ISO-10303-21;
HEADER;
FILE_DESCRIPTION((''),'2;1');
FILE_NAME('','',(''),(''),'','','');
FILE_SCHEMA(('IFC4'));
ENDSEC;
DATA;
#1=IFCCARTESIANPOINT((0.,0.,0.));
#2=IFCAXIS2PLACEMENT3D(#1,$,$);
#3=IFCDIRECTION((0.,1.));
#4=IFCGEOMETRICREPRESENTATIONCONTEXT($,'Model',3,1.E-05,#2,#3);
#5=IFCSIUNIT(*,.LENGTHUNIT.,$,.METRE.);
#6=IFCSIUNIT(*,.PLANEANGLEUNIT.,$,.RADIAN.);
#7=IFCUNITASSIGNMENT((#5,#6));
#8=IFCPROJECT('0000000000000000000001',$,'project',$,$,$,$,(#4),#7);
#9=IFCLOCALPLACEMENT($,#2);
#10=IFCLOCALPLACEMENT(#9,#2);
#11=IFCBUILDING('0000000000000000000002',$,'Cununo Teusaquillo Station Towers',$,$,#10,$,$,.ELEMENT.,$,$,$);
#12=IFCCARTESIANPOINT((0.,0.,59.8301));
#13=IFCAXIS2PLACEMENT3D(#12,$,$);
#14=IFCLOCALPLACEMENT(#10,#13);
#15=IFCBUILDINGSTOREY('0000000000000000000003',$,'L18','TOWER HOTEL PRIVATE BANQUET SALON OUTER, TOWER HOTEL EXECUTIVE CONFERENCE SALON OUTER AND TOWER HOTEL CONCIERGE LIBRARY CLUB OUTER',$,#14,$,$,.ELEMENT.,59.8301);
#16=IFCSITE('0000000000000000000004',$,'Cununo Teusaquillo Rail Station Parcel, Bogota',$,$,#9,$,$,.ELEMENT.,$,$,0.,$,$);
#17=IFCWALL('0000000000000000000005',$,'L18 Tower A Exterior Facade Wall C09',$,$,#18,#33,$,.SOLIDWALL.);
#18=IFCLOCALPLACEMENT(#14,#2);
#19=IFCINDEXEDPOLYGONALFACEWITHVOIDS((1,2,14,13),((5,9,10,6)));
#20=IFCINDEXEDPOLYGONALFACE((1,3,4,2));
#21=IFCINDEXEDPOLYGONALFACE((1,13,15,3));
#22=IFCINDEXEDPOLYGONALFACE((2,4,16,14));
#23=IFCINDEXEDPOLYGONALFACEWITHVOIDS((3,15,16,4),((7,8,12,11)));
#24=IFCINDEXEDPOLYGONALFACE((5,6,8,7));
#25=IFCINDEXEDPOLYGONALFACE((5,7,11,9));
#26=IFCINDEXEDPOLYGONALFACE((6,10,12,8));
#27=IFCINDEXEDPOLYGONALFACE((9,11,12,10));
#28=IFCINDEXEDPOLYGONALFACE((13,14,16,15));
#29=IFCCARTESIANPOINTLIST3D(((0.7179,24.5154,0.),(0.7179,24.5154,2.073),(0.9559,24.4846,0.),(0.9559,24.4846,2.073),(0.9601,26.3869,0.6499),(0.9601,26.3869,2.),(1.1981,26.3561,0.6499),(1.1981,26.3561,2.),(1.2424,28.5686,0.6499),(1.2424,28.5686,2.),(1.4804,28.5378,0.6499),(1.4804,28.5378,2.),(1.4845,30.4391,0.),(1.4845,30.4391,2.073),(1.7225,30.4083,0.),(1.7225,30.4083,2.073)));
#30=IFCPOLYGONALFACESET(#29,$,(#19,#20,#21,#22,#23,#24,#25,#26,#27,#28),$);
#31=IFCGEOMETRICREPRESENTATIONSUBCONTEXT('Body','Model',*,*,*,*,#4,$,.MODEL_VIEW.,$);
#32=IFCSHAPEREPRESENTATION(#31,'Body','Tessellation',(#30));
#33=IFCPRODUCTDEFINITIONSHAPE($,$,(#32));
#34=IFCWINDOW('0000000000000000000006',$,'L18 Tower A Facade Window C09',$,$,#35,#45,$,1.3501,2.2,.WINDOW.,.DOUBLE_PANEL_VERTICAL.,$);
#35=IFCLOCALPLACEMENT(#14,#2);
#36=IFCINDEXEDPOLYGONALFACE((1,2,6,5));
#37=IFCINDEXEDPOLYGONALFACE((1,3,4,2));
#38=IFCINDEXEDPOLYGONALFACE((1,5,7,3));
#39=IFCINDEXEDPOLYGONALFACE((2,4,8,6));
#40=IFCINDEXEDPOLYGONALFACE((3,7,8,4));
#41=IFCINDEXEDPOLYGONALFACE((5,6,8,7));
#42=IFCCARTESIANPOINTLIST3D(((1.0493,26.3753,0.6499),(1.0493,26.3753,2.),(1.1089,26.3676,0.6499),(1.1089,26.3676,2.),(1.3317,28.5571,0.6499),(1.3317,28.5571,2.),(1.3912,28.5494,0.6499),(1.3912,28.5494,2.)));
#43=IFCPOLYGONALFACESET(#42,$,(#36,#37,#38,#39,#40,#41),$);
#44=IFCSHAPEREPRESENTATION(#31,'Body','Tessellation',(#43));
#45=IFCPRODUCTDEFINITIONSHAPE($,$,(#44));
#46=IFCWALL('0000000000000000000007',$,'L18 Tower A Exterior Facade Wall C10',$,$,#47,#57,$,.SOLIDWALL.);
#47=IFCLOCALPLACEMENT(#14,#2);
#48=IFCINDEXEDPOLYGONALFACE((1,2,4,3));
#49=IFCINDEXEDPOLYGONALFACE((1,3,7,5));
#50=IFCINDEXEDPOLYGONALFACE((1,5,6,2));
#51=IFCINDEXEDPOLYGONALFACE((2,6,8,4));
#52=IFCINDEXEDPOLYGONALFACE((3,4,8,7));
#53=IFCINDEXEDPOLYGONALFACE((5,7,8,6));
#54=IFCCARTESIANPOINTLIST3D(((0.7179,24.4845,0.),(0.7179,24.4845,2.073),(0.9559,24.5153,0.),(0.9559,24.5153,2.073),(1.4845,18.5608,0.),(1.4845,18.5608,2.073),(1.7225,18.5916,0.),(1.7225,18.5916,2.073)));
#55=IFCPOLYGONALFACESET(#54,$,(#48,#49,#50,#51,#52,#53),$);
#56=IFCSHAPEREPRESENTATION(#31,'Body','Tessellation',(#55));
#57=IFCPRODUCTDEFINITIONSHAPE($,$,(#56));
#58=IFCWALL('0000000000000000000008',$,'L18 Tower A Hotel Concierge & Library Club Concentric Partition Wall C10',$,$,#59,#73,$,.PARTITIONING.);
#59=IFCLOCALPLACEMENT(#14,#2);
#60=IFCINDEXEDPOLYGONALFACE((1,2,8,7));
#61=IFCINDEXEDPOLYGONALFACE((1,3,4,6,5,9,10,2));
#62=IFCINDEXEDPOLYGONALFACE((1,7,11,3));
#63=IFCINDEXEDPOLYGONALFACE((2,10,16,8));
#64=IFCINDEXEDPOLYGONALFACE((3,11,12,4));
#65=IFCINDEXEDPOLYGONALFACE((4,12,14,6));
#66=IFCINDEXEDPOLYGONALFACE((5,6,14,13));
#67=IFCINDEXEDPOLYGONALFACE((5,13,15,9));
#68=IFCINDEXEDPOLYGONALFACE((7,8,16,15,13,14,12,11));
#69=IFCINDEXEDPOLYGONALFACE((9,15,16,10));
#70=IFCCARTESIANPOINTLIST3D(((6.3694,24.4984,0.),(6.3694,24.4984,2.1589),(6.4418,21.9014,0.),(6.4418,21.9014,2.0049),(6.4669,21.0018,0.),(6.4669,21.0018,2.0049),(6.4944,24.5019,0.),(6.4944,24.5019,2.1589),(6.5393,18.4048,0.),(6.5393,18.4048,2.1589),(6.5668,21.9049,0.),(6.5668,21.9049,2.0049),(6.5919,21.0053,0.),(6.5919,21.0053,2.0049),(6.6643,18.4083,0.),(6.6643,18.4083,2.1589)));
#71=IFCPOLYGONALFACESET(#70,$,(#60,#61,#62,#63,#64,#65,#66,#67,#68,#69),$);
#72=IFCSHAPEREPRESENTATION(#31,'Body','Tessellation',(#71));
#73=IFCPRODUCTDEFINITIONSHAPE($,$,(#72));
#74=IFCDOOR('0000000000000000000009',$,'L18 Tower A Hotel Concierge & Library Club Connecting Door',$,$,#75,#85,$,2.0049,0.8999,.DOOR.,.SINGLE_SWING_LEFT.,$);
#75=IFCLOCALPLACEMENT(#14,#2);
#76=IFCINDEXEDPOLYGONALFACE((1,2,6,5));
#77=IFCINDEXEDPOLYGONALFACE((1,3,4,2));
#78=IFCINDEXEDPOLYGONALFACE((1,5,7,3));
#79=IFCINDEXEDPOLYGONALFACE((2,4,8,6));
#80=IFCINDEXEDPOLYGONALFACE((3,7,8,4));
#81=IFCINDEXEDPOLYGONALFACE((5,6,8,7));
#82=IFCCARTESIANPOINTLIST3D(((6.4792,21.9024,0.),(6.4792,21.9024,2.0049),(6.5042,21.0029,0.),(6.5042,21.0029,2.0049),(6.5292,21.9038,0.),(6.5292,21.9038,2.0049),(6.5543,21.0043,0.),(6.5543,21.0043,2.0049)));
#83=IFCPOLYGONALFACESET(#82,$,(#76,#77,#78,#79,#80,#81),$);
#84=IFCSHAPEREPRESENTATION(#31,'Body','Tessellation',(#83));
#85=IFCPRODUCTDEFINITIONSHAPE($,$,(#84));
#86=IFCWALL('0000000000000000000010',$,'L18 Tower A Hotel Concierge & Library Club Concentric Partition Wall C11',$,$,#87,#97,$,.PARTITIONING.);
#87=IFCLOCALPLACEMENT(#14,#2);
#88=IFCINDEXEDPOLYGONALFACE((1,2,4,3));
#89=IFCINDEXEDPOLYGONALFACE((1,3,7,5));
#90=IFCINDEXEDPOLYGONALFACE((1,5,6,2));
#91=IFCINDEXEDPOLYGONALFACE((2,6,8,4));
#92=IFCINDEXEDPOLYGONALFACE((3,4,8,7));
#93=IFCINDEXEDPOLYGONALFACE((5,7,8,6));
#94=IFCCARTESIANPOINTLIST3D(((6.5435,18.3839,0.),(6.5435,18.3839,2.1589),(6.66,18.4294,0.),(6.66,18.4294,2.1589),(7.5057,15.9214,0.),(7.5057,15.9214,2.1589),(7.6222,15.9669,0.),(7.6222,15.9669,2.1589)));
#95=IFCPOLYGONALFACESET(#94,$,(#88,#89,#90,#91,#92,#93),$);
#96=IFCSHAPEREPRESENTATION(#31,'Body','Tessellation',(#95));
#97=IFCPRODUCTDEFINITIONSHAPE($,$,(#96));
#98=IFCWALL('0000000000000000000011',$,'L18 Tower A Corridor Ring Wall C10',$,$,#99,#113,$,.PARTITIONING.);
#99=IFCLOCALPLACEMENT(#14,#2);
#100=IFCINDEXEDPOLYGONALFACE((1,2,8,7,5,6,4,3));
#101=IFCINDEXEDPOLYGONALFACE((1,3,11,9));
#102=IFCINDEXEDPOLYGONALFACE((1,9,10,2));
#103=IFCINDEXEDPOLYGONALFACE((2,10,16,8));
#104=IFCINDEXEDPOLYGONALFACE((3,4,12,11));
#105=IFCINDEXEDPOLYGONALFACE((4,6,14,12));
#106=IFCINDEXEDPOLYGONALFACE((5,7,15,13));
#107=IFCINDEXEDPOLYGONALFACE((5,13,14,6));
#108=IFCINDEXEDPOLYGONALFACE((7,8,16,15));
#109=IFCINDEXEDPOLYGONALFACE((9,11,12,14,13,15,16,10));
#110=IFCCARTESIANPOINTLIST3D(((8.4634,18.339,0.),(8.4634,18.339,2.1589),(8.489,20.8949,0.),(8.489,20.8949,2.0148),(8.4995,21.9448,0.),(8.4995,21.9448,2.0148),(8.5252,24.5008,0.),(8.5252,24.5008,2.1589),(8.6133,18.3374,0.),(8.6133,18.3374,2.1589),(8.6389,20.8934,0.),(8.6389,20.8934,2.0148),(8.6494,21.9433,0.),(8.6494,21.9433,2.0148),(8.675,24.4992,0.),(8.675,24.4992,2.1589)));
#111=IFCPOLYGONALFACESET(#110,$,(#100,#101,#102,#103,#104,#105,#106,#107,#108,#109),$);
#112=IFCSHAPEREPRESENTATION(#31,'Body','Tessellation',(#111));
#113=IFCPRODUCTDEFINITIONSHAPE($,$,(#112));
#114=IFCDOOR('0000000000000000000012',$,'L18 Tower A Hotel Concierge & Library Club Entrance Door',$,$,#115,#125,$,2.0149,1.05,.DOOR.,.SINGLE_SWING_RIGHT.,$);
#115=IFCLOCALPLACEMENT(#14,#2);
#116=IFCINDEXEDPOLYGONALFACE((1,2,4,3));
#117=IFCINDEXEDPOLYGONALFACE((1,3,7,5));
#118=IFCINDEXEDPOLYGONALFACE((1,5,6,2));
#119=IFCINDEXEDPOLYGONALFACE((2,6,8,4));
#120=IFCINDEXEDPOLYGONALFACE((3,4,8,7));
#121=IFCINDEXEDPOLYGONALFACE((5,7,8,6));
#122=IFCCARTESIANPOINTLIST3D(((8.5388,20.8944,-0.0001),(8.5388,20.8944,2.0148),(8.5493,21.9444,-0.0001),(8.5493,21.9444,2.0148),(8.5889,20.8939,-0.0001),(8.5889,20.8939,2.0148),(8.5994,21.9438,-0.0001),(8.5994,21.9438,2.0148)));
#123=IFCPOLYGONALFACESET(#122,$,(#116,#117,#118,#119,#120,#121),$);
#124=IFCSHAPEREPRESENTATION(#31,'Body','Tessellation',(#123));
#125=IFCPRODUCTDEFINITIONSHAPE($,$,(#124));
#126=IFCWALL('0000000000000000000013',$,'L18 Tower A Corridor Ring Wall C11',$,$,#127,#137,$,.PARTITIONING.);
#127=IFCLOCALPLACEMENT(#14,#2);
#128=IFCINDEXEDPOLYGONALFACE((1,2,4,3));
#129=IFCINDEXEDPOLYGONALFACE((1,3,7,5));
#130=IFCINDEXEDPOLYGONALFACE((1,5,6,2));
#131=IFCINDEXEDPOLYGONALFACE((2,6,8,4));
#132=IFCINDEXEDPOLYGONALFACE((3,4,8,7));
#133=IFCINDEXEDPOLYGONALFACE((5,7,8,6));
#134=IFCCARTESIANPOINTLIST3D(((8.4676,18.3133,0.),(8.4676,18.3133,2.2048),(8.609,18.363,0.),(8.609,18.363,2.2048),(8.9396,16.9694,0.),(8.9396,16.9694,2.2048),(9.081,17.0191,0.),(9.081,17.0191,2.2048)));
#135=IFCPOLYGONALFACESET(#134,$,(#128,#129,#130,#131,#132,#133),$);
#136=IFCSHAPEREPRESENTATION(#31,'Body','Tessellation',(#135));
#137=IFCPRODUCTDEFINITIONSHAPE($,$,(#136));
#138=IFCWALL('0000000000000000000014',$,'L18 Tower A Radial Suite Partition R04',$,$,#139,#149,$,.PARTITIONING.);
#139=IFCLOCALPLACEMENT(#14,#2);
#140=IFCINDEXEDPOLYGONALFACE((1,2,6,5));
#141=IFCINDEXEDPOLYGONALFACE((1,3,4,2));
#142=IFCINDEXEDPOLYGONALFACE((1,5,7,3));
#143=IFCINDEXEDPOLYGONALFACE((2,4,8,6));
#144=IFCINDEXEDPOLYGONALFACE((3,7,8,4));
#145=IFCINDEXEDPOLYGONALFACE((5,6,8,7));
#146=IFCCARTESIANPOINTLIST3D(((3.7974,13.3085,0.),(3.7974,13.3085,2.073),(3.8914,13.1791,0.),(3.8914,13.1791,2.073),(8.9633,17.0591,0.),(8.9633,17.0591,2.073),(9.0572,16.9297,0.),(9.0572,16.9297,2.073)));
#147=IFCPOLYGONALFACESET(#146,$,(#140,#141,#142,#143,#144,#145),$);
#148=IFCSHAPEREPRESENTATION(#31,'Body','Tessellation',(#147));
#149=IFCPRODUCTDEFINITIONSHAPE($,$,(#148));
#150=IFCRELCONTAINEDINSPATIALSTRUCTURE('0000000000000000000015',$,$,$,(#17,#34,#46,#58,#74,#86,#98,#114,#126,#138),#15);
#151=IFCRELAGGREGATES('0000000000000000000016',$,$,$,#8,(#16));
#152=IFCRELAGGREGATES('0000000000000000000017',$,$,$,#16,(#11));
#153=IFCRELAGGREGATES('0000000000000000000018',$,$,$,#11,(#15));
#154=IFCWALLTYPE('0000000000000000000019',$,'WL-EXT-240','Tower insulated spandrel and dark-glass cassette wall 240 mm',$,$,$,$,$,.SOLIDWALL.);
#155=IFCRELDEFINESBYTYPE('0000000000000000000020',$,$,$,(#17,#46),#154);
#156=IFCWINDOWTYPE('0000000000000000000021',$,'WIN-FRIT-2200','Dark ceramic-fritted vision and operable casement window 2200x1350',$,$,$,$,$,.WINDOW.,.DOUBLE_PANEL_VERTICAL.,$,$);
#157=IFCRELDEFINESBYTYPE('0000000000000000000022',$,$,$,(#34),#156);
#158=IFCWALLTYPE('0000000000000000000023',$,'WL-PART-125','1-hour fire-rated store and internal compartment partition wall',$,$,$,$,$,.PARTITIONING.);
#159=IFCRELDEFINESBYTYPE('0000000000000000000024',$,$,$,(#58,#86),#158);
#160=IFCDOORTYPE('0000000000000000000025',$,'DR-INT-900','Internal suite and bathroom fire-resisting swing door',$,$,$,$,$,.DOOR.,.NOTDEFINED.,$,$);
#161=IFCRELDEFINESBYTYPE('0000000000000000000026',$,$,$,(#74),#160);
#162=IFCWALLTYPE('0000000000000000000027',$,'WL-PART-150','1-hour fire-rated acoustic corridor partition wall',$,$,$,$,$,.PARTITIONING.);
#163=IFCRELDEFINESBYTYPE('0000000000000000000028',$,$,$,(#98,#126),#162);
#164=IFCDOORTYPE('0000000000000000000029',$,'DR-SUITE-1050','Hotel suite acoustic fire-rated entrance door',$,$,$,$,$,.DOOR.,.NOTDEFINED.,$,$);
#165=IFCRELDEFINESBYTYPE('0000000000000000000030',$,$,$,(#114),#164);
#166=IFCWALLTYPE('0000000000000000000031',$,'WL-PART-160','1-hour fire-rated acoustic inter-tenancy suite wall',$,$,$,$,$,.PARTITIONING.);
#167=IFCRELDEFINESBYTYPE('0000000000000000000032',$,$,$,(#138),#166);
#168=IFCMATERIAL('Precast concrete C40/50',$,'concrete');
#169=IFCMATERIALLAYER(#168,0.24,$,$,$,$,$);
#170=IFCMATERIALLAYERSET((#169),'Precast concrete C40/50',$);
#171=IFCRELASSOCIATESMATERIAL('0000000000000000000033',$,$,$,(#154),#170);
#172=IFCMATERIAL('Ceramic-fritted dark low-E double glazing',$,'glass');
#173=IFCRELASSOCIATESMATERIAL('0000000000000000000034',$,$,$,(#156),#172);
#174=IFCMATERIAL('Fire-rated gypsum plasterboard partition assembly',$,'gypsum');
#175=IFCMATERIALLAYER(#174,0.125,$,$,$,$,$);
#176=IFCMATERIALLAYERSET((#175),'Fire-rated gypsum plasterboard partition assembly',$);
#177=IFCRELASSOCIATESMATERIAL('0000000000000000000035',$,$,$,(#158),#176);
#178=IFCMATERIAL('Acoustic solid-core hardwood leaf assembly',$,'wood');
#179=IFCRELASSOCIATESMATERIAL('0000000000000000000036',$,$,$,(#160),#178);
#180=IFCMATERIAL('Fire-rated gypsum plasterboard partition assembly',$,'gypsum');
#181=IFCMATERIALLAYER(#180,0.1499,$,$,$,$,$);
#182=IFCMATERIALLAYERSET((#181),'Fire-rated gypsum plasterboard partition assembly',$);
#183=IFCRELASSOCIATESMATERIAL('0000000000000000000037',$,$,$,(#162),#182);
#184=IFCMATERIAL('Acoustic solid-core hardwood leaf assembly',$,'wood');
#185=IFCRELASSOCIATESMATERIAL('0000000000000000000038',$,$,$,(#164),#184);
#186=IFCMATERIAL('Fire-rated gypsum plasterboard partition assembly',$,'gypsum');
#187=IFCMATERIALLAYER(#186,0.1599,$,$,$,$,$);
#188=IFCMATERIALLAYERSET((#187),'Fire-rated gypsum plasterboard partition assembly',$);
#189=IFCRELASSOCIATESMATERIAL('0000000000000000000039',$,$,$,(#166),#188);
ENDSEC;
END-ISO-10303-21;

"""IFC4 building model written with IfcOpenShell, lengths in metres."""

from ifc_helpers import new_model, si_unit, direction, frame, frame_2d, origin, place, context, subcontext, project, spatial, rectangle, extrude, source, transform, mapped, material, layer, layer_set, type_object, element, fill, save


model = new_model("IFC4")

# Units and contexts
model_context = context("Model", 3, precision=1e-05, world=origin(), true_north=direction((0.0, 1.0)))
body_context = subcontext(model_context, "Body", "Model", "MODEL_VIEW")
ifc_project = project(units=[si_unit("LENGTHUNIT", "METRE"), si_unit("PLANEANGLEUNIT", "RADIAN")], contexts=[model_context])

# Site, building, storey
site_placement = place(None, origin())
site = spatial("IfcSite", under=ifc_project, at=site_placement, Name="Cununo Teusaquillo Rail Station Parcel, Bogota", CompositionType="ELEMENT", RefElevation=0.0)
building_placement = place(site_placement, origin())
building = spatial("IfcBuilding", under=site, at=building_placement, Name="Cununo Teusaquillo Station Towers", CompositionType="ELEMENT")
storey_placement = place(building_placement, frame((0.0, 0.0, 59.8301)))
storey = spatial("IfcBuildingStorey", under=building, at=storey_placement, Name="L18", Description="TOWER HOTEL PRIVATE BANQUET SALON OUTER, TOWER HOTEL EXECUTIVE CONFERENCE SALON OUTER AND TOWER HOTEL CONCIERGE LIBRARY CLUB OUTER", CompositionType="ELEMENT", Elevation=59.8301)

# Wall, opening, window
ifc_material_1 = material(Name="Precast concrete C40/50", Category="concrete")
ifc_layer_1 = layer(ifc_material_1, 0.24)
ifc_layer_set_1 = layer_set([ifc_layer_1], Name="Precast concrete C40/50")
wall_type_1 = type_object("IfcWallType", Name="WL-EXT-240", Description="Tower insulated spandrel and dark-glass cassette wall 240 mm", PredefinedType="SOLIDWALL", material=ifc_layer_set_1)
wall_1_placement = place(storey_placement, frame((0.8369, 24.5, 0.0), z_axis=(0.0, 0.0, 1.0), x_axis=(0.12834, 0.99173, 0.0)))
wall_1 = element("IfcWall", 1, at=wall_1_placement, inside=storey, type_object=wall_type_1, Name="L18 Tower A Exterior Facade Wall C09", PredefinedType="SOLIDWALL", context=body_context, shape_type="SweptSolid", body=[
    extrude(rectangle(XDim=5.9731, YDim=0.24, at=frame_2d((2.9866, 0.0))), origin(), (0.0, 0.0, 1.0), 2.073),
])
shared_shape_1 = source(origin(), body_context, "Body", "SweptSolid", [
    extrude(rectangle(XDim=2.2, YDim=1.3501, at=frame_2d((1.1001, 0.675))), frame((0.0, 0.1299, 0.0), z_axis=(0.0, -1.0, 0.0), x_axis=(1.0, 0.0, 0.0)), (0.0, 0.0, 1.0), 0.26),
])
opening_1_placement = place(wall_1_placement, frame((1.887, 0.0, 0.6499)))
opening_1 = element("IfcOpeningElement", 2, at=opening_1_placement, cuts=wall_1, PredefinedType="OPENING", context=body_context, shape_type="MappedRepresentation", body=[
    mapped(shared_shape_1, transform((0.0, 0.0, 0.0), x_axis=(1.0, 0.0, 0.0), y_axis=(0.0, 1.0, 0.0), z_axis=(0.0, 0.0, 1.0), scale=1.0)),
])
ifc_material_2 = material(Name="Ceramic-fritted dark low-E double glazing", Category="glass")
window_type = type_object("IfcWindowType", Name="WIN-FRIT-2200", Description="Dark ceramic-fritted vision and operable casement window 2200x1350", PartitioningType="DOUBLE_PANEL_VERTICAL", PredefinedType="WINDOW", material=ifc_material_2)
shared_shape_2 = source(origin(), body_context, "Body", "SweptSolid", [
    extrude(rectangle(XDim=2.2, YDim=1.3501, at=frame_2d((1.1001, 0.675))), frame((0.0, 0.03, 0.0), z_axis=(0.0, -1.0, 0.0), x_axis=(1.0, 0.0, 0.0)), (0.0, 0.0, 1.0), 0.0601),
])
window_placement = place(opening_1_placement, origin())
window = element("IfcWindow", 3, at=window_placement, inside=storey, type_object=window_type, Name="L18 Tower A Facade Window C09", OverallHeight=1.3501, OverallWidth=2.2, PartitioningType="DOUBLE_PANEL_VERTICAL", PredefinedType="WINDOW", context=body_context, shape_type="MappedRepresentation", body=[
    mapped(shared_shape_2, transform((0.0, 0.0, 0.0), x_axis=(1.0, 0.0, 0.0), y_axis=(0.0, 1.0, 0.0), z_axis=(0.0, 0.0, 1.0), scale=1.0)),
])
fill(opening_1, window)

# Wall
wall_2_placement = place(storey_placement, frame((1.6035, 18.5762, 0.0), z_axis=(0.0, 0.0, 1.0), x_axis=(-0.12834, 0.99173, 0.0)))
element("IfcWall", 4, at=wall_2_placement, inside=storey, type_object=wall_type_1, Name="L18 Tower A Exterior Facade Wall C10", PredefinedType="SOLIDWALL", context=body_context, shape_type="SweptSolid", body=[
    extrude(rectangle(XDim=5.9731, YDim=0.24, at=frame_2d((2.9866, 0.0))), origin(), (0.0, 0.0, 1.0), 2.073),
])

# Wall, opening, door
ifc_material_3 = material(Name="Fire-rated gypsum plasterboard partition assembly", Category="gypsum")
ifc_layer_2 = layer(ifc_material_3, 0.125)
ifc_layer_set_2 = layer_set([ifc_layer_2], Name="Fire-rated gypsum plasterboard partition assembly")
wall_type_2 = type_object("IfcWallType", Name="WL-PART-125", Description="1-hour fire-rated store and internal compartment partition wall", PredefinedType="PARTITIONING", material=ifc_layer_set_2)
wall_3_placement = place(storey_placement, frame((6.4319, 24.5, 0.0), z_axis=(0.0, 0.0, 1.0), x_axis=(0.027875, -0.999611, 0.0)))
wall_3 = element("IfcWall", 5, at=wall_3_placement, inside=storey, type_object=wall_type_2, Name="L18 Tower A Hotel Concierge & Library Club Concentric Partition Wall C10", PredefinedType="PARTITIONING", context=body_context, shape_type="SweptSolid", body=[
    extrude(rectangle(XDim=6.0959, YDim=0.125, at=frame_2d((3.0479, 0.0))), origin(), (0.0, 0.0, 1.0), 2.1589),
])
shared_shape_3 = source(origin(), body_context, "Body", "SweptSolid", [
    extrude(rectangle(XDim=0.8999, YDim=2.0049, at=frame_2d((0.45, 1.0024))), frame((0.0, 0.0725, 0.0), z_axis=(0.0, -1.0, 0.0), x_axis=(1.0, 0.0, 0.0)), (0.0, 0.0, 1.0), 0.145),
])
opening_2_placement = place(wall_3_placement, frame((2.5979, 0.0, 0.0)))
opening_2 = element("IfcOpeningElement", 6, at=opening_2_placement, cuts=wall_3, PredefinedType="OPENING", context=body_context, shape_type="MappedRepresentation", body=[
    mapped(shared_shape_3, transform((0.0, 0.0, 0.0), x_axis=(1.0, 0.0, 0.0), y_axis=(0.0, 1.0, 0.0), z_axis=(0.0, 0.0, 1.0), scale=1.0)),
])
ifc_material_4 = material(Name="Acoustic solid-core hardwood leaf assembly", Category="wood")
door_type_1 = type_object("IfcDoorType", Name="DR-INT-900", Description="Internal suite and bathroom fire-resisting swing door", OperationType="NOTDEFINED", PredefinedType="DOOR", material=ifc_material_4)
shared_shape_4 = source(origin(), body_context, "Body", "SweptSolid", [
    extrude(rectangle(XDim=0.8999, YDim=2.0049, at=frame_2d((0.45, 1.0024))), frame((0.0, 0.0249, 0.0), z_axis=(0.0, -1.0, 0.0), x_axis=(1.0, 0.0, 0.0)), (0.0, 0.0, 1.0), 0.05),
])
door_1_placement = place(opening_2_placement, origin())
door_1 = element("IfcDoor", 7, at=door_1_placement, inside=storey, type_object=door_type_1, Name="L18 Tower A Hotel Concierge & Library Club Connecting Door", OperationType="SINGLE_SWING_LEFT", OverallHeight=2.0049, OverallWidth=0.8999, PredefinedType="DOOR", context=body_context, shape_type="MappedRepresentation", body=[
    mapped(shared_shape_4, transform((0.0, 0.0, 0.0), x_axis=(1.0, 0.0, 0.0), y_axis=(0.0, 1.0, 0.0), z_axis=(0.0, 0.0, 1.0), scale=1.0)),
])
fill(opening_2, door_1)

# Wall
wall_4_placement = place(storey_placement, frame((6.6018, 18.4065, 0.0), z_axis=(0.0, 0.0, 1.0), x_axis=(0.363943, -0.931421, 0.0)))
element("IfcWall", 8, at=wall_4_placement, inside=storey, type_object=wall_type_2, Name="L18 Tower A Hotel Concierge & Library Club Concentric Partition Wall C11", PredefinedType="PARTITIONING", context=body_context, shape_type="SweptSolid", body=[
    extrude(rectangle(XDim=2.6438, YDim=0.125, at=frame_2d((1.3218, 0.0))), origin(), (0.0, 0.0, 1.0), 2.1589),
])

# Wall, opening, door
ifc_material_5 = material(Name="Fire-rated gypsum plasterboard partition assembly", Category="gypsum")
ifc_layer_3 = layer(ifc_material_5, 0.1499)
ifc_layer_set_3 = layer_set([ifc_layer_3], Name="Fire-rated gypsum plasterboard partition assembly")
wall_type_3 = type_object("IfcWallType", Name="WL-PART-150", Description="1-hour fire-rated acoustic corridor partition wall", PredefinedType="PARTITIONING", material=ifc_layer_set_3)
wall_5_placement = place(storey_placement, frame((8.6001, 24.5, 0.0), z_axis=(0.0, 0.0, 1.0), x_axis=(-0.010024, -0.99995, 0.0)))
wall_5 = element("IfcWall", 9, at=wall_5_placement, inside=storey, type_object=wall_type_3, Name="L18 Tower A Corridor Ring Wall C10", PredefinedType="PARTITIONING", context=body_context, shape_type="SweptSolid", body=[
    extrude(rectangle(XDim=6.1621, YDim=0.1499, at=frame_2d((3.0811, 0.0))), origin(), (0.0, 0.0, 1.0), 2.1589),
])
shared_shape_5 = source(origin(), body_context, "Body", "SweptSolid", [
    extrude(rectangle(XDim=1.05, YDim=2.0149, at=frame_2d((0.5249, 1.0073))), frame((0.0, 0.085, 0.0), z_axis=(0.0, -1.0, 0.0), x_axis=(1.0, 0.0, 0.0)), (0.0, 0.0, 1.0), 0.1699),
])
opening_3_placement = place(wall_5_placement, frame((2.5562, 0.0, 0.0)))
opening_3 = element("IfcOpeningElement", 10, at=opening_3_placement, cuts=wall_5, PredefinedType="OPENING", context=body_context, shape_type="MappedRepresentation", body=[
    mapped(shared_shape_5, transform((0.0, 0.0, 0.0), x_axis=(1.0, 0.0, 0.0), y_axis=(0.0, 1.0, 0.0), z_axis=(0.0, 0.0, 1.0), scale=1.0)),
])
ifc_material_6 = material(Name="Acoustic solid-core hardwood leaf assembly", Category="wood")
door_type_2 = type_object("IfcDoorType", Name="DR-SUITE-1050", Description="Hotel suite acoustic fire-rated entrance door", OperationType="NOTDEFINED", PredefinedType="DOOR", material=ifc_material_6)
shared_shape_6 = source(origin(), body_context, "Body", "SweptSolid", [
    extrude(rectangle(XDim=1.05, YDim=2.0149, at=frame_2d((0.5249, 1.0073))), frame((0.0, 0.0249, 0.0), z_axis=(0.0, -1.0, 0.0), x_axis=(1.0, 0.0, 0.0)), (0.0, 0.0, 1.0), 0.05),
])
door_2_placement = place(opening_3_placement, origin())
door_2 = element("IfcDoor", 11, at=door_2_placement, inside=storey, type_object=door_type_2, Name="L18 Tower A Hotel Concierge & Library Club Entrance Door", OperationType="SINGLE_SWING_RIGHT", OverallHeight=2.0149, OverallWidth=1.05, PredefinedType="DOOR", context=body_context, shape_type="MappedRepresentation", body=[
    mapped(shared_shape_6, transform((0.0, 0.0, 0.0), x_axis=(1.0, 0.0, 0.0), y_axis=(0.0, 1.0, 0.0), z_axis=(0.0, 0.0, 1.0), scale=1.0)),
])
fill(opening_3, door_2)

# Walls
wall_6_placement = place(storey_placement, frame((8.5383, 18.3381, 0.0), z_axis=(0.0, 0.0, 1.0), x_axis=(0.331358, -0.943505, 0.0)))
element("IfcWall", 12, at=wall_6_placement, inside=storey, type_object=wall_type_3, Name="L18 Tower A Corridor Ring Wall C11", PredefinedType="PARTITIONING", context=body_context, shape_type="SweptSolid", body=[
    extrude(rectangle(XDim=1.4243, YDim=0.1499, at=frame_2d((0.7122, 0.0))), origin(), (0.0, 0.0, 1.0), 2.2048),
])
ifc_material_7 = material(Name="Fire-rated gypsum plasterboard partition assembly", Category="gypsum")
ifc_layer_4 = layer(ifc_material_7, 0.1599)
ifc_layer_set_4 = layer_set([ifc_layer_4], Name="Fire-rated gypsum plasterboard partition assembly")
wall_type_4 = type_object("IfcWallType", Name="WL-PART-160", Description="1-hour fire-rated acoustic inter-tenancy suite wall", PredefinedType="PARTITIONING", material=ifc_layer_set_4)
wall_7_placement = place(storey_placement, frame((9.0103, 16.9944, 0.0), z_axis=(0.0, 0.0, 1.0), x_axis=(-0.809215, -0.587512, 0.0)))
element("IfcWall", 13, at=wall_7_placement, inside=storey, type_object=wall_type_4, Name="L18 Tower A Radial Suite Partition R04", PredefinedType="PARTITIONING", context=body_context, shape_type="SweptSolid", body=[
    extrude(rectangle(XDim=6.3838, YDim=0.1599, at=frame_2d((3.1919, 0.0))), origin(), (0.0, 0.0, 1.0), 2.073),
])

save(model, "model.ifc")
